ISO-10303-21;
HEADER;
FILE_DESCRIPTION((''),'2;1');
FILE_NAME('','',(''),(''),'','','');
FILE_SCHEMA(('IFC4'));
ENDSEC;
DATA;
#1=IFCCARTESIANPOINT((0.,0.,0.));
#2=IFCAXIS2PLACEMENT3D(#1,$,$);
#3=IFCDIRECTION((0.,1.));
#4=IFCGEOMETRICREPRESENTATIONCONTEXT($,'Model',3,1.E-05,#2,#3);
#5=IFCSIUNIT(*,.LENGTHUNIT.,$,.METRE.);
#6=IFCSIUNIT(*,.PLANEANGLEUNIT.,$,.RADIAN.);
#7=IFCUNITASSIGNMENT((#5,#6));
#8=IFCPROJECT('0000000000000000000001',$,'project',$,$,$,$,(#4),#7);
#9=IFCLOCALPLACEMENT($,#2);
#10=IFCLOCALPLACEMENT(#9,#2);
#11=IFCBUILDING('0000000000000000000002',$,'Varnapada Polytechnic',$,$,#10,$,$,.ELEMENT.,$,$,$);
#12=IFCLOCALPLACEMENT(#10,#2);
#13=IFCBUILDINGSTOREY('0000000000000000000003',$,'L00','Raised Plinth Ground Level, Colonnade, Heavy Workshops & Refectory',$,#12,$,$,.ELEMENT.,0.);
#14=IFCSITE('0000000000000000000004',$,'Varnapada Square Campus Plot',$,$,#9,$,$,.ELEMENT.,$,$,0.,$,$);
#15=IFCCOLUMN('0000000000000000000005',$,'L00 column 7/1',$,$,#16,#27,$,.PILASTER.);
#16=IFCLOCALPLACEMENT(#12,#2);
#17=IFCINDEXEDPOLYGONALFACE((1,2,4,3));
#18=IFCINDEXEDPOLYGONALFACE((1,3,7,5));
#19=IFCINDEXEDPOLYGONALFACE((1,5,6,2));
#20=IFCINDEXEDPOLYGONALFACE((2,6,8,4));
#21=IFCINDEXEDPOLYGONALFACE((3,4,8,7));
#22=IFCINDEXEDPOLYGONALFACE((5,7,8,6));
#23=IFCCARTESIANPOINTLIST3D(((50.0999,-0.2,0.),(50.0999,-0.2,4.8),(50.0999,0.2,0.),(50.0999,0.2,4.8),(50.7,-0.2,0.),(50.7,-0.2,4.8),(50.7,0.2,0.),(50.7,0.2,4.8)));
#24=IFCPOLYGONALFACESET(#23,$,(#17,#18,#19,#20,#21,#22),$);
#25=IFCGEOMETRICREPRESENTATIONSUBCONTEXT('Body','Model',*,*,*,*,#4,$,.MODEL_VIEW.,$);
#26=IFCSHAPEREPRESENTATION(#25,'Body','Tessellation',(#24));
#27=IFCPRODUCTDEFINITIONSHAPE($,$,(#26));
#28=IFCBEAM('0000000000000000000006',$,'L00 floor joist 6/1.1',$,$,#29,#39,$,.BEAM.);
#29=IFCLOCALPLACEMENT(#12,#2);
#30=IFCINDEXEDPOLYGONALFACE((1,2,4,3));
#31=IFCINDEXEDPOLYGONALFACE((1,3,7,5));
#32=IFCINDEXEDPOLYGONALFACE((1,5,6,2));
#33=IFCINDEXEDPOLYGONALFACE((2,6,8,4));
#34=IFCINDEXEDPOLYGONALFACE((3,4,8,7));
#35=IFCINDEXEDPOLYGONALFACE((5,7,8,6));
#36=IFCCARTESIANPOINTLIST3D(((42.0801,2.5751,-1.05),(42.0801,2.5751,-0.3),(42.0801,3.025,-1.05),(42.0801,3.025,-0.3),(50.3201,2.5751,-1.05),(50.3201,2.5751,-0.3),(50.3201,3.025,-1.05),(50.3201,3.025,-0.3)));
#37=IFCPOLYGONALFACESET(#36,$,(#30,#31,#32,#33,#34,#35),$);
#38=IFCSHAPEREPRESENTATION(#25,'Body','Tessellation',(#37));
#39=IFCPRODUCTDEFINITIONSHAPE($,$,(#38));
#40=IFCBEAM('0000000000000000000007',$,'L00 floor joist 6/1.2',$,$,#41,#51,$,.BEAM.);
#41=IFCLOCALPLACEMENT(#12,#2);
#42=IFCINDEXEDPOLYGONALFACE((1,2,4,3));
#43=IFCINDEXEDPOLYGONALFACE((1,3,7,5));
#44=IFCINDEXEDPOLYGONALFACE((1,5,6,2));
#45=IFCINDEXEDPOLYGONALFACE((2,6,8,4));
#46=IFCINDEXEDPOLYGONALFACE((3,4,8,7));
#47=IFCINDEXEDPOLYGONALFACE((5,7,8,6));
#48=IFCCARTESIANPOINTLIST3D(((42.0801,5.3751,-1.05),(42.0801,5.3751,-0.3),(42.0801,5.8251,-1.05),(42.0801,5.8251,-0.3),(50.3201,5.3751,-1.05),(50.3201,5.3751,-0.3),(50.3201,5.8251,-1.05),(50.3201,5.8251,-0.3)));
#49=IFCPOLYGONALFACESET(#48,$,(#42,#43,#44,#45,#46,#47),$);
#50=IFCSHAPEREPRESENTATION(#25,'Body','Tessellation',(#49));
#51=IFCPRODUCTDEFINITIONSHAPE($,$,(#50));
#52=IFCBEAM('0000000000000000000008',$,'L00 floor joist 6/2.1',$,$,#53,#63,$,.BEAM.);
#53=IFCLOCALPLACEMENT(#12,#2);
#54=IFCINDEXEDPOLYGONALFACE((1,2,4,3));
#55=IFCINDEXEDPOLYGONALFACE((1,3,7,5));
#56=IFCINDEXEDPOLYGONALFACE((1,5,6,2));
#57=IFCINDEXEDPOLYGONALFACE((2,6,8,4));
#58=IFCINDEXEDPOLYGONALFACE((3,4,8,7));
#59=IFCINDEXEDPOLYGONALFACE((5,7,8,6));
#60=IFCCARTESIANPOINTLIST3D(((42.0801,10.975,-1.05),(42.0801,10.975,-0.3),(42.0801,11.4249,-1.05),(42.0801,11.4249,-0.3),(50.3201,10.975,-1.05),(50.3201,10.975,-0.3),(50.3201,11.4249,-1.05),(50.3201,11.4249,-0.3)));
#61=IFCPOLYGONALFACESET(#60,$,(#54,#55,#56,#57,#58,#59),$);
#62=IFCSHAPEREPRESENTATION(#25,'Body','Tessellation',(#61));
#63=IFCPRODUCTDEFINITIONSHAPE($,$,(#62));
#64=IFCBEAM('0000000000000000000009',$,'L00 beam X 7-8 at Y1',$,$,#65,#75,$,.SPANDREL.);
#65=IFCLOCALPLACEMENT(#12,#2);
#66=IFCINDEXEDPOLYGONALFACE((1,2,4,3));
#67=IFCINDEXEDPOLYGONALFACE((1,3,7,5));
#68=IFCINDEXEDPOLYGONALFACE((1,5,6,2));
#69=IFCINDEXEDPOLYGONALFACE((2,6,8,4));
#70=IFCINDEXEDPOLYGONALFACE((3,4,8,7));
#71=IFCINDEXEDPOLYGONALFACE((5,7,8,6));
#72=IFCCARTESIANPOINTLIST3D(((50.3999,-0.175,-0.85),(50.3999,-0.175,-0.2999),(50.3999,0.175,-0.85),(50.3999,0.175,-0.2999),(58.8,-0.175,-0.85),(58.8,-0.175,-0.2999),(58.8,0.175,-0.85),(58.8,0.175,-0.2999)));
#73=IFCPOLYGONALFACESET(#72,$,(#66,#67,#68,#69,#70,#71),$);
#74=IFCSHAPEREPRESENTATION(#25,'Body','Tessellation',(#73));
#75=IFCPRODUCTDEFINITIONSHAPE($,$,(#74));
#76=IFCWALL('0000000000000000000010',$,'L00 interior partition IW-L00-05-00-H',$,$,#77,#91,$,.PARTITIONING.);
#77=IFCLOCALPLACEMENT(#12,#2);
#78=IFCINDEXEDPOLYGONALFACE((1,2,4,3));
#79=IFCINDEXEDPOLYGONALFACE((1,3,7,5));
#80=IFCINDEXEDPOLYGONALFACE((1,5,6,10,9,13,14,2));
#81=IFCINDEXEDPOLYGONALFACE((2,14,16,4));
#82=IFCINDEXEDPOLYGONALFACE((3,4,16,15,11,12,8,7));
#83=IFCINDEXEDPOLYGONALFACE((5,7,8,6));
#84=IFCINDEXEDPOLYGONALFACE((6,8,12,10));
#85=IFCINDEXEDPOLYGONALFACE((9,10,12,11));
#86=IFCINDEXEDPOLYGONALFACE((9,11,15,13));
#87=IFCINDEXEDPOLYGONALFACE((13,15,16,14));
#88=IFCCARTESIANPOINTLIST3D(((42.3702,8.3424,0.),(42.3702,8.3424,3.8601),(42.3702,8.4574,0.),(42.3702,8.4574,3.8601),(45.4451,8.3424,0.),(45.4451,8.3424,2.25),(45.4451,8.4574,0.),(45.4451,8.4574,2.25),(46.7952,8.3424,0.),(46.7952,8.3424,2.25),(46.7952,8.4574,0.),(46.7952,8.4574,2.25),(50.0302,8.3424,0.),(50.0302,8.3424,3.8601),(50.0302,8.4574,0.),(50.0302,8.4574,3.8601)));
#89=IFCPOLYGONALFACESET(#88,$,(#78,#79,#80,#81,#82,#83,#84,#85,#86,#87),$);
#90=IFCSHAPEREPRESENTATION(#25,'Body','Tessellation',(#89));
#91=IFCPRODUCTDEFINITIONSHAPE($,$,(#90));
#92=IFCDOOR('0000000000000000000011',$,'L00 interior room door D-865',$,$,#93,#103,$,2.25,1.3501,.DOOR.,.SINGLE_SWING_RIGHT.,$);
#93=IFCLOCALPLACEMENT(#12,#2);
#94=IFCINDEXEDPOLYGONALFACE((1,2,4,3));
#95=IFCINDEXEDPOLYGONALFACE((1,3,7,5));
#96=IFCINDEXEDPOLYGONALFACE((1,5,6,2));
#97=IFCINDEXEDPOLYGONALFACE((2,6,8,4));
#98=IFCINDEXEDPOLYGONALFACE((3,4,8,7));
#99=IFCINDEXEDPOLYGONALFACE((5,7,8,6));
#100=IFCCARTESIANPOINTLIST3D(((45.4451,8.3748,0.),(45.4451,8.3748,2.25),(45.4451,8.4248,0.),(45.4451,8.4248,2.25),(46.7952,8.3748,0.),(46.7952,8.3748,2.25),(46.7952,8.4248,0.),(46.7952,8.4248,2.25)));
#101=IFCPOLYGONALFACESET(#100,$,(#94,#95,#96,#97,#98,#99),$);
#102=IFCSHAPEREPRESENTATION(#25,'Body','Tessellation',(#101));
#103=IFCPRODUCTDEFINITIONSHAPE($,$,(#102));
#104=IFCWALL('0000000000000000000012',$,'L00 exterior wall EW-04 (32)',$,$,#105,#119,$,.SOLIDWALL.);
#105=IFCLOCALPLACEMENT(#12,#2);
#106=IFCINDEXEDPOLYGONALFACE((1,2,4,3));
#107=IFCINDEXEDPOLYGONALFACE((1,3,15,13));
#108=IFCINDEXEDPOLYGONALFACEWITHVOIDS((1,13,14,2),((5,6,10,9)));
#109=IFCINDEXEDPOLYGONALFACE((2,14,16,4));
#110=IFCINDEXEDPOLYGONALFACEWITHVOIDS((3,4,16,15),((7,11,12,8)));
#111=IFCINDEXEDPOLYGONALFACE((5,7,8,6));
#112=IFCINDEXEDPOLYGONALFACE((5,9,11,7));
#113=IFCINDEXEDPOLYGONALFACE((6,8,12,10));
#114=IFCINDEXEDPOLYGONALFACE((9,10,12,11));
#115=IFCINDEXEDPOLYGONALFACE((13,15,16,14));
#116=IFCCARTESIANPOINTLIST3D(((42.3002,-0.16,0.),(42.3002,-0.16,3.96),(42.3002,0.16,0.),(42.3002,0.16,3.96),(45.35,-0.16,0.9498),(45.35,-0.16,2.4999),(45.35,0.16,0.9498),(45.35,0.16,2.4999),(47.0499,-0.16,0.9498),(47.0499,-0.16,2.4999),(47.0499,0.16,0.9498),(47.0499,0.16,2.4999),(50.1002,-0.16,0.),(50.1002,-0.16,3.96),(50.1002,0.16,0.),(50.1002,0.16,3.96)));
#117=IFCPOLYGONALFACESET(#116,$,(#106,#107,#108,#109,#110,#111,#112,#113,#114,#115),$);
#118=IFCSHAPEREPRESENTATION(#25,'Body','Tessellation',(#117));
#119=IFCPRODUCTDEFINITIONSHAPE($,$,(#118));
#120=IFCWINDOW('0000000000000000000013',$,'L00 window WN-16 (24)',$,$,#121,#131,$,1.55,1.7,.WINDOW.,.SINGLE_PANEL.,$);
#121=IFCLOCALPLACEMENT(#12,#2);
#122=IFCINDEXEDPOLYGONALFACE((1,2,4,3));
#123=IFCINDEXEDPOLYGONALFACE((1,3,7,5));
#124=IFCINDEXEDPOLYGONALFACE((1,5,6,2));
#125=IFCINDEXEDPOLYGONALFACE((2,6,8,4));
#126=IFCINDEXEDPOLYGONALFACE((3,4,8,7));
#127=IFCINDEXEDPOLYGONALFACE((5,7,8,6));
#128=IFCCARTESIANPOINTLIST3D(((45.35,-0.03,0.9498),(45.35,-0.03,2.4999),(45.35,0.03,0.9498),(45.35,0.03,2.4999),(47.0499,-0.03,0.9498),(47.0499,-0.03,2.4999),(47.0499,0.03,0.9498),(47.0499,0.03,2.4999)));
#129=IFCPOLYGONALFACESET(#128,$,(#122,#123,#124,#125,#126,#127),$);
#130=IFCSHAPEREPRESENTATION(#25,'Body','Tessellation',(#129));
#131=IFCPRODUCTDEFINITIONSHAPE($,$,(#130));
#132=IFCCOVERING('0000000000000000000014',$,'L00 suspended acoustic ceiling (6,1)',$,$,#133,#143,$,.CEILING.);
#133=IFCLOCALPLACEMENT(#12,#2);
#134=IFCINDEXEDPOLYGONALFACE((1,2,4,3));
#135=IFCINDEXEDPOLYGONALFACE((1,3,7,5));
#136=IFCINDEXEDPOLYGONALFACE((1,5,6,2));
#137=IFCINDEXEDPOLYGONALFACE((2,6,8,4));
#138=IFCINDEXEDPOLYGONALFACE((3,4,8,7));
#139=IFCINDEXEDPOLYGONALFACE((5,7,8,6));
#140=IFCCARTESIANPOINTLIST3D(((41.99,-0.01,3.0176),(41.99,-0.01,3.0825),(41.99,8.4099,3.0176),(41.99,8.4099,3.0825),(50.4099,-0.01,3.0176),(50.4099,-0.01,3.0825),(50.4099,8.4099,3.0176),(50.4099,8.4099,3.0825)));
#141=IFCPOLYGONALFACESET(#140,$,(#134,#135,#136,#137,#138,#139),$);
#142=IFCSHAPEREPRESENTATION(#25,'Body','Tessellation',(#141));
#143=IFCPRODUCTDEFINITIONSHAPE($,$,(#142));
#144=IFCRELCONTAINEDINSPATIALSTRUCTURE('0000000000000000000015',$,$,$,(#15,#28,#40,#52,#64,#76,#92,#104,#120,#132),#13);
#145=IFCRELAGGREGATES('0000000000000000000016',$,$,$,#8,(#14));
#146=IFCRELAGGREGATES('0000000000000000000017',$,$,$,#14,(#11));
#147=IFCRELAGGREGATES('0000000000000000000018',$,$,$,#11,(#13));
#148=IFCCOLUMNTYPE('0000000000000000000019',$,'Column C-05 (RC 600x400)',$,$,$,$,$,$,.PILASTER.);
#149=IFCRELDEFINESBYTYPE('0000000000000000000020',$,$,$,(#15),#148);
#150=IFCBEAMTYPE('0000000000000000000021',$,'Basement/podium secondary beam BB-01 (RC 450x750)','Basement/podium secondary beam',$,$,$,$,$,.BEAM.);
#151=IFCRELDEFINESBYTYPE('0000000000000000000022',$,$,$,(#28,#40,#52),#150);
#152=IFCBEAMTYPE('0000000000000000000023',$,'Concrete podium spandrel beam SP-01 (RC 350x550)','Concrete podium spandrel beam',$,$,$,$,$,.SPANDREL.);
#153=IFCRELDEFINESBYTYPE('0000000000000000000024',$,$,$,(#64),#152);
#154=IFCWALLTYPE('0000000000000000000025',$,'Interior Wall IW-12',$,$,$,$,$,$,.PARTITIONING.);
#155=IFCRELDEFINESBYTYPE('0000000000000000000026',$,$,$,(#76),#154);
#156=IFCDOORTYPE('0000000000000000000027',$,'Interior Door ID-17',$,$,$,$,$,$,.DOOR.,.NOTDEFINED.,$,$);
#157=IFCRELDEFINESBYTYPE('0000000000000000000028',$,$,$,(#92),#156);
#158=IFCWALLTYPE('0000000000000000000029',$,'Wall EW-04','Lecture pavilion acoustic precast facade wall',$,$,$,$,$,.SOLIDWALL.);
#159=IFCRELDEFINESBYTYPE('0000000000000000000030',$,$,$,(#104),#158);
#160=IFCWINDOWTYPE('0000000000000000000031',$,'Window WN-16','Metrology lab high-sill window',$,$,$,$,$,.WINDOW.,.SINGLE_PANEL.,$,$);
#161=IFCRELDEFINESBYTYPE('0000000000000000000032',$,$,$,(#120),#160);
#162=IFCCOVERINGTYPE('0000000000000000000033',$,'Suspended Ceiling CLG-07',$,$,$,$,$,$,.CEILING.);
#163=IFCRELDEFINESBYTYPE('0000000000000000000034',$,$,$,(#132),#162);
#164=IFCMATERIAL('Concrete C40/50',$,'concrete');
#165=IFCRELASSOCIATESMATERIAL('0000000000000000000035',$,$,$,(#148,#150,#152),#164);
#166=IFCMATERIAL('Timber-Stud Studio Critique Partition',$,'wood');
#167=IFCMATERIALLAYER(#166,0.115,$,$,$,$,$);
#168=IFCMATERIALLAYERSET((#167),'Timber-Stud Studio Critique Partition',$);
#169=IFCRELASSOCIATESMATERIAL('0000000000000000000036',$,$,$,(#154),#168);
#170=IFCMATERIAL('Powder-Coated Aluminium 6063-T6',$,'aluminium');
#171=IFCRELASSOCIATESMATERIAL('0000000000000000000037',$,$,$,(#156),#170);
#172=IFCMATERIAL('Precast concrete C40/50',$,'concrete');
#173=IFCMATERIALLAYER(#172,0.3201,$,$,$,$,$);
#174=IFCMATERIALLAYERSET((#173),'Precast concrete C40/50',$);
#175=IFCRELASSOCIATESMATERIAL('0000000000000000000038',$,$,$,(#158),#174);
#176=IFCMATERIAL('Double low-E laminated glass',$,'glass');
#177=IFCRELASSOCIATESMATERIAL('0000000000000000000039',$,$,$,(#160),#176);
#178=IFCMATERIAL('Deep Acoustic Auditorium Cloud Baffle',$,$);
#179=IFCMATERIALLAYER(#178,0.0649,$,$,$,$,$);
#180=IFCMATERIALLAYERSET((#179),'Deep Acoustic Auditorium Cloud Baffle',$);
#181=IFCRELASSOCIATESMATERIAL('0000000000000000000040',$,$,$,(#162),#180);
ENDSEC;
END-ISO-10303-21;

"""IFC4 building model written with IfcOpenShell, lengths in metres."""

from ifc_helpers import new_model, si_unit, direction, frame, frame_2d, origin, origin_2d, place, context, subcontext, project, spatial, rectangle, extrude, material, layer, layer_set, material_profile, profile_set, type_object, element, fill, save


model = new_model("IFC4")

# Units and contexts
model_context = context("Model", 3, precision=1e-05, world=origin(), true_north=direction((0.0, 1.0)))
body_context = subcontext(model_context, "Body", "Model", "MODEL_VIEW")
ifc_project = project(units=[si_unit("LENGTHUNIT", "METRE"), si_unit("PLANEANGLEUNIT", "RADIAN")], contexts=[model_context])

# Site, building, storey
site_placement = place(None, origin())
site = spatial("IfcSite", under=ifc_project, at=site_placement, Name="Varnapada Square Campus Plot", CompositionType="ELEMENT", RefElevation=0.0)
building_placement = place(site_placement, origin())
building = spatial("IfcBuilding", under=site, at=building_placement, Name="Varnapada Polytechnic", CompositionType="ELEMENT")
storey_placement = place(building_placement, origin())
storey = spatial("IfcBuildingStorey", under=building, at=storey_placement, Name="L00", Description="Raised Plinth Ground Level, Colonnade, Heavy Workshops & Refectory", CompositionType="ELEMENT", Elevation=0.0)

# Column
ifc_material_1 = material(Name="Concrete C40/50", Category="concrete")
ifc_material_profile_1 = material_profile(ifc_material_1, rectangle(XDim=0.6001, YDim=0.3999, at=origin_2d()), Name="RC 600x400")
ifc_profile_set_1 = profile_set([ifc_material_profile_1], Name="Concrete C40/50")
column_type = type_object("IfcColumnType", Name="Column C-05 (RC 600x400)", PredefinedType="PILASTER", material=ifc_profile_set_1)
column_placement = place(storey_placement, frame((50.3999, 0.0, 0.0), z_axis=(0.0, 0.0, 1.0), x_axis=(1.0, 0.0, 0.0)))
element("IfcColumn", 1, at=column_placement, inside=storey, type_object=column_type, Name="L00 column 7/1", PredefinedType="PILASTER", context=body_context, shape_type="SweptSolid", body=[
    extrude(rectangle(XDim=0.6001, YDim=0.3999, at=origin_2d()), origin(), (0.0, 0.0, 1.0), 4.8),
])

# Beams
ifc_material_profile_2 = material_profile(ifc_material_1, rectangle(XDim=0.45, YDim=0.75, at=origin_2d()), Name="RC 450x750")
ifc_profile_set_2 = profile_set([ifc_material_profile_2], Name="Concrete C40/50")
beam_type_1 = type_object("IfcBeamType", Name="Basement/podium secondary beam BB-01 (RC 450x750)", Description="Basement/podium secondary beam", PredefinedType="BEAM", material=ifc_profile_set_2)
for number, where, z_axis, x_axis, name in (
    (2, (42.0801, 2.8, -0.675), (1.0, 0.0, 0.0), (0.0, 1.0, 0.0), "L00 floor joist 6/1.1"),
    (3, (42.0801, 5.6001, -0.675), (1.0, 0.0, 0.0), (0.0, 1.0, 0.0), "L00 floor joist 6/1.2"),
    (4, (42.0801, 11.2, -0.675), (1.0, 0.0, 0.0), (0.0, 1.0, 0.0), "L00 floor joist 6/2.1"),
):
    element("IfcBeam", number, at=place(storey_placement, frame(where, z_axis=z_axis, x_axis=x_axis)), inside=storey, type_object=beam_type_1, Name=name, PredefinedType="BEAM", context=body_context, shape_type="SweptSolid", body=[
        extrude(rectangle(XDim=0.45, YDim=0.75, at=origin_2d()), origin(), (0.0, 0.0, 1.0), 8.24),
    ])
ifc_material_profile_3 = material_profile(ifc_material_1, rectangle(XDim=0.3501, YDim=0.55, at=origin_2d()), Name="RC 350x550")
ifc_profile_set_3 = profile_set([ifc_material_profile_3], Name="Concrete C40/50")
beam_type_2 = type_object("IfcBeamType", Name="Concrete podium spandrel beam SP-01 (RC 350x550)", Description="Concrete podium spandrel beam", PredefinedType="SPANDREL", material=ifc_profile_set_3)
beam_placement = place(storey_placement, frame((50.3999, 0.0, -0.575), z_axis=(1.0, 0.0, 0.0), x_axis=(0.0, 1.0, 0.0)))
element("IfcBeam", 5, at=beam_placement, inside=storey, type_object=beam_type_2, Name="L00 beam X 7-8 at Y1", PredefinedType="SPANDREL", context=body_context, shape_type="SweptSolid", body=[
    extrude(rectangle(XDim=0.3501, YDim=0.55, at=origin_2d()), origin(), (0.0, 0.0, 1.0), 8.4001),
])

# Wall, opening, door
ifc_material_2 = material(Name="Timber-Stud Studio Critique Partition", Category="wood")
ifc_layer_1 = layer(ifc_material_2, 0.115)
ifc_layer_set_1 = layer_set([ifc_layer_1], Name="Timber-Stud Studio Critique Partition")
wall_type_1 = type_object("IfcWallType", Name="Interior Wall IW-12", PredefinedType="PARTITIONING", material=ifc_layer_set_1)
wall_1_placement = place(storey_placement, frame((42.3701, 8.3999, 0.0), z_axis=(0.0, 0.0, 1.0), x_axis=(1.0, 0.0, 0.0)))
wall_1 = element("IfcWall", 6, at=wall_1_placement, inside=storey, type_object=wall_type_1, Name="L00 interior partition IW-L00-05-00-H", PredefinedType="PARTITIONING", context=body_context, shape_type="SweptSolid", body=[
    extrude(rectangle(XDim=7.6599, YDim=0.115, at=frame_2d((3.8301, 0.0))), origin(), (0.0, 0.0, 1.0), 3.8601),
])
opening_1_placement = place(wall_1_placement, frame((3.075, 0.0, 0.0)))
opening_1 = element("IfcOpeningElement", 7, at=opening_1_placement, cuts=wall_1, PredefinedType="OPENING", context=body_context, shape_type="SweptSolid", body=[
    extrude(rectangle(XDim=1.3501, YDim=2.25, at=frame_2d((0.675, 1.125))), frame((0.0, 0.0674, 0.0), z_axis=(0.0, -1.0, 0.0), x_axis=(1.0, 0.0, 0.0)), (0.0, 0.0, 1.0), 0.135),
])
ifc_material_3 = material(Name="Powder-Coated Aluminium 6063-T6", Category="aluminium")
door_type = type_object("IfcDoorType", Name="Interior Door ID-17", OperationType="NOTDEFINED", PredefinedType="DOOR", material=ifc_material_3)
door_placement = place(opening_1_placement, origin())
door = element("IfcDoor", 8, at=door_placement, inside=storey, type_object=door_type, Name="L00 interior room door D-865", OperationType="SINGLE_SWING_RIGHT", OverallHeight=2.25, OverallWidth=1.3501, PredefinedType="DOOR", context=body_context, shape_type="SweptSolid", body=[
    extrude(rectangle(XDim=1.3501, YDim=2.25, at=frame_2d((0.675, 1.125))), frame((0.0, 0.0249, 0.0), z_axis=(0.0, -1.0, 0.0), x_axis=(1.0, 0.0, 0.0)), (0.0, 0.0, 1.0), 0.05),
])
fill(opening_1, door)

# Wall, opening, window
ifc_material_4 = material(Name="Precast concrete C40/50", Category="concrete")
ifc_layer_2 = layer(ifc_material_4, 0.3201)
ifc_layer_set_2 = layer_set([ifc_layer_2], Name="Precast concrete C40/50")
wall_type_2 = type_object("IfcWallType", Name="Wall EW-04", Description="Lecture pavilion acoustic precast facade wall", PredefinedType="SOLIDWALL", material=ifc_layer_set_2)
wall_2_placement = place(storey_placement, frame((50.1001, 0.0, 0.0), z_axis=(0.0, 0.0, 1.0), x_axis=(-1.0, 0.0, 0.0)))
wall_2 = element("IfcWall", 9, at=wall_2_placement, inside=storey, type_object=wall_type_2, Name="L00 exterior wall EW-04 (32)", PredefinedType="SOLIDWALL", context=body_context, shape_type="SweptSolid", body=[
    extrude(rectangle(XDim=7.8, YDim=0.3201, at=frame_2d((3.8999, 0.0))), origin(), (0.0, 0.0, 1.0), 3.96),
])
opening_2_placement = place(wall_2_placement, frame((3.05, 0.0, 0.95)))
opening_2 = element("IfcOpeningElement", 10, at=opening_2_placement, cuts=wall_2, PredefinedType="OPENING", context=body_context, shape_type="SweptSolid", body=[
    extrude(rectangle(XDim=1.7, YDim=1.55, at=frame_2d((0.8501, 0.7749))), frame((0.0, 0.1699, 0.0), z_axis=(0.0, -1.0, 0.0), x_axis=(1.0, 0.0, 0.0)), (0.0, 0.0, 1.0), 0.3401),
])
ifc_material_5 = material(Name="Double low-E laminated glass", Category="glass")
window_type = type_object("IfcWindowType", Name="Window WN-16", Description="Metrology lab high-sill window", PartitioningType="SINGLE_PANEL", PredefinedType="WINDOW", material=ifc_material_5)
window_placement = place(opening_2_placement, origin())
window = element("IfcWindow", 11, at=window_placement, inside=storey, type_object=window_type, Name="L00 window WN-16 (24)", OverallHeight=1.55, OverallWidth=1.7, PartitioningType="SINGLE_PANEL", PredefinedType="WINDOW", context=body_context, shape_type="SweptSolid", body=[
    extrude(rectangle(XDim=1.7, YDim=1.55, at=frame_2d((0.8501, 0.7749))), frame((0.0, 0.03, 0.0), z_axis=(0.0, -1.0, 0.0), x_axis=(1.0, 0.0, 0.0)), (0.0, 0.0, 1.0), 0.0601),
])
fill(opening_2, window)

# Covering
ifc_material_6 = material(Name="Deep Acoustic Auditorium Cloud Baffle")
ifc_layer_3 = layer(ifc_material_6, 0.0649)
ifc_layer_set_3 = layer_set([ifc_layer_3], Name="Deep Acoustic Auditorium Cloud Baffle")
covering_type_1 = type_object("IfcCoveringType", Name="Suspended Ceiling CLG-07", PredefinedType="CEILING", material=ifc_layer_set_3)
covering_1_placement = place(storey_placement, frame((46.2, 4.2, 3.0176), z_axis=(0.0, 0.0, 1.0), x_axis=(1.0, 0.0, 0.0)))
element("IfcCovering", 12, at=covering_1_placement, inside=storey, type_object=covering_type_1, Name="L00 suspended acoustic ceiling (6,1)", PredefinedType="CEILING", context=body_context, shape_type="SweptSolid", body=[
    extrude(rectangle(XDim=8.4199, YDim=8.4199, at=origin_2d()), origin(), (0.0, 0.0, 1.0), 0.0649),
])

save(model, "model.ifc")
